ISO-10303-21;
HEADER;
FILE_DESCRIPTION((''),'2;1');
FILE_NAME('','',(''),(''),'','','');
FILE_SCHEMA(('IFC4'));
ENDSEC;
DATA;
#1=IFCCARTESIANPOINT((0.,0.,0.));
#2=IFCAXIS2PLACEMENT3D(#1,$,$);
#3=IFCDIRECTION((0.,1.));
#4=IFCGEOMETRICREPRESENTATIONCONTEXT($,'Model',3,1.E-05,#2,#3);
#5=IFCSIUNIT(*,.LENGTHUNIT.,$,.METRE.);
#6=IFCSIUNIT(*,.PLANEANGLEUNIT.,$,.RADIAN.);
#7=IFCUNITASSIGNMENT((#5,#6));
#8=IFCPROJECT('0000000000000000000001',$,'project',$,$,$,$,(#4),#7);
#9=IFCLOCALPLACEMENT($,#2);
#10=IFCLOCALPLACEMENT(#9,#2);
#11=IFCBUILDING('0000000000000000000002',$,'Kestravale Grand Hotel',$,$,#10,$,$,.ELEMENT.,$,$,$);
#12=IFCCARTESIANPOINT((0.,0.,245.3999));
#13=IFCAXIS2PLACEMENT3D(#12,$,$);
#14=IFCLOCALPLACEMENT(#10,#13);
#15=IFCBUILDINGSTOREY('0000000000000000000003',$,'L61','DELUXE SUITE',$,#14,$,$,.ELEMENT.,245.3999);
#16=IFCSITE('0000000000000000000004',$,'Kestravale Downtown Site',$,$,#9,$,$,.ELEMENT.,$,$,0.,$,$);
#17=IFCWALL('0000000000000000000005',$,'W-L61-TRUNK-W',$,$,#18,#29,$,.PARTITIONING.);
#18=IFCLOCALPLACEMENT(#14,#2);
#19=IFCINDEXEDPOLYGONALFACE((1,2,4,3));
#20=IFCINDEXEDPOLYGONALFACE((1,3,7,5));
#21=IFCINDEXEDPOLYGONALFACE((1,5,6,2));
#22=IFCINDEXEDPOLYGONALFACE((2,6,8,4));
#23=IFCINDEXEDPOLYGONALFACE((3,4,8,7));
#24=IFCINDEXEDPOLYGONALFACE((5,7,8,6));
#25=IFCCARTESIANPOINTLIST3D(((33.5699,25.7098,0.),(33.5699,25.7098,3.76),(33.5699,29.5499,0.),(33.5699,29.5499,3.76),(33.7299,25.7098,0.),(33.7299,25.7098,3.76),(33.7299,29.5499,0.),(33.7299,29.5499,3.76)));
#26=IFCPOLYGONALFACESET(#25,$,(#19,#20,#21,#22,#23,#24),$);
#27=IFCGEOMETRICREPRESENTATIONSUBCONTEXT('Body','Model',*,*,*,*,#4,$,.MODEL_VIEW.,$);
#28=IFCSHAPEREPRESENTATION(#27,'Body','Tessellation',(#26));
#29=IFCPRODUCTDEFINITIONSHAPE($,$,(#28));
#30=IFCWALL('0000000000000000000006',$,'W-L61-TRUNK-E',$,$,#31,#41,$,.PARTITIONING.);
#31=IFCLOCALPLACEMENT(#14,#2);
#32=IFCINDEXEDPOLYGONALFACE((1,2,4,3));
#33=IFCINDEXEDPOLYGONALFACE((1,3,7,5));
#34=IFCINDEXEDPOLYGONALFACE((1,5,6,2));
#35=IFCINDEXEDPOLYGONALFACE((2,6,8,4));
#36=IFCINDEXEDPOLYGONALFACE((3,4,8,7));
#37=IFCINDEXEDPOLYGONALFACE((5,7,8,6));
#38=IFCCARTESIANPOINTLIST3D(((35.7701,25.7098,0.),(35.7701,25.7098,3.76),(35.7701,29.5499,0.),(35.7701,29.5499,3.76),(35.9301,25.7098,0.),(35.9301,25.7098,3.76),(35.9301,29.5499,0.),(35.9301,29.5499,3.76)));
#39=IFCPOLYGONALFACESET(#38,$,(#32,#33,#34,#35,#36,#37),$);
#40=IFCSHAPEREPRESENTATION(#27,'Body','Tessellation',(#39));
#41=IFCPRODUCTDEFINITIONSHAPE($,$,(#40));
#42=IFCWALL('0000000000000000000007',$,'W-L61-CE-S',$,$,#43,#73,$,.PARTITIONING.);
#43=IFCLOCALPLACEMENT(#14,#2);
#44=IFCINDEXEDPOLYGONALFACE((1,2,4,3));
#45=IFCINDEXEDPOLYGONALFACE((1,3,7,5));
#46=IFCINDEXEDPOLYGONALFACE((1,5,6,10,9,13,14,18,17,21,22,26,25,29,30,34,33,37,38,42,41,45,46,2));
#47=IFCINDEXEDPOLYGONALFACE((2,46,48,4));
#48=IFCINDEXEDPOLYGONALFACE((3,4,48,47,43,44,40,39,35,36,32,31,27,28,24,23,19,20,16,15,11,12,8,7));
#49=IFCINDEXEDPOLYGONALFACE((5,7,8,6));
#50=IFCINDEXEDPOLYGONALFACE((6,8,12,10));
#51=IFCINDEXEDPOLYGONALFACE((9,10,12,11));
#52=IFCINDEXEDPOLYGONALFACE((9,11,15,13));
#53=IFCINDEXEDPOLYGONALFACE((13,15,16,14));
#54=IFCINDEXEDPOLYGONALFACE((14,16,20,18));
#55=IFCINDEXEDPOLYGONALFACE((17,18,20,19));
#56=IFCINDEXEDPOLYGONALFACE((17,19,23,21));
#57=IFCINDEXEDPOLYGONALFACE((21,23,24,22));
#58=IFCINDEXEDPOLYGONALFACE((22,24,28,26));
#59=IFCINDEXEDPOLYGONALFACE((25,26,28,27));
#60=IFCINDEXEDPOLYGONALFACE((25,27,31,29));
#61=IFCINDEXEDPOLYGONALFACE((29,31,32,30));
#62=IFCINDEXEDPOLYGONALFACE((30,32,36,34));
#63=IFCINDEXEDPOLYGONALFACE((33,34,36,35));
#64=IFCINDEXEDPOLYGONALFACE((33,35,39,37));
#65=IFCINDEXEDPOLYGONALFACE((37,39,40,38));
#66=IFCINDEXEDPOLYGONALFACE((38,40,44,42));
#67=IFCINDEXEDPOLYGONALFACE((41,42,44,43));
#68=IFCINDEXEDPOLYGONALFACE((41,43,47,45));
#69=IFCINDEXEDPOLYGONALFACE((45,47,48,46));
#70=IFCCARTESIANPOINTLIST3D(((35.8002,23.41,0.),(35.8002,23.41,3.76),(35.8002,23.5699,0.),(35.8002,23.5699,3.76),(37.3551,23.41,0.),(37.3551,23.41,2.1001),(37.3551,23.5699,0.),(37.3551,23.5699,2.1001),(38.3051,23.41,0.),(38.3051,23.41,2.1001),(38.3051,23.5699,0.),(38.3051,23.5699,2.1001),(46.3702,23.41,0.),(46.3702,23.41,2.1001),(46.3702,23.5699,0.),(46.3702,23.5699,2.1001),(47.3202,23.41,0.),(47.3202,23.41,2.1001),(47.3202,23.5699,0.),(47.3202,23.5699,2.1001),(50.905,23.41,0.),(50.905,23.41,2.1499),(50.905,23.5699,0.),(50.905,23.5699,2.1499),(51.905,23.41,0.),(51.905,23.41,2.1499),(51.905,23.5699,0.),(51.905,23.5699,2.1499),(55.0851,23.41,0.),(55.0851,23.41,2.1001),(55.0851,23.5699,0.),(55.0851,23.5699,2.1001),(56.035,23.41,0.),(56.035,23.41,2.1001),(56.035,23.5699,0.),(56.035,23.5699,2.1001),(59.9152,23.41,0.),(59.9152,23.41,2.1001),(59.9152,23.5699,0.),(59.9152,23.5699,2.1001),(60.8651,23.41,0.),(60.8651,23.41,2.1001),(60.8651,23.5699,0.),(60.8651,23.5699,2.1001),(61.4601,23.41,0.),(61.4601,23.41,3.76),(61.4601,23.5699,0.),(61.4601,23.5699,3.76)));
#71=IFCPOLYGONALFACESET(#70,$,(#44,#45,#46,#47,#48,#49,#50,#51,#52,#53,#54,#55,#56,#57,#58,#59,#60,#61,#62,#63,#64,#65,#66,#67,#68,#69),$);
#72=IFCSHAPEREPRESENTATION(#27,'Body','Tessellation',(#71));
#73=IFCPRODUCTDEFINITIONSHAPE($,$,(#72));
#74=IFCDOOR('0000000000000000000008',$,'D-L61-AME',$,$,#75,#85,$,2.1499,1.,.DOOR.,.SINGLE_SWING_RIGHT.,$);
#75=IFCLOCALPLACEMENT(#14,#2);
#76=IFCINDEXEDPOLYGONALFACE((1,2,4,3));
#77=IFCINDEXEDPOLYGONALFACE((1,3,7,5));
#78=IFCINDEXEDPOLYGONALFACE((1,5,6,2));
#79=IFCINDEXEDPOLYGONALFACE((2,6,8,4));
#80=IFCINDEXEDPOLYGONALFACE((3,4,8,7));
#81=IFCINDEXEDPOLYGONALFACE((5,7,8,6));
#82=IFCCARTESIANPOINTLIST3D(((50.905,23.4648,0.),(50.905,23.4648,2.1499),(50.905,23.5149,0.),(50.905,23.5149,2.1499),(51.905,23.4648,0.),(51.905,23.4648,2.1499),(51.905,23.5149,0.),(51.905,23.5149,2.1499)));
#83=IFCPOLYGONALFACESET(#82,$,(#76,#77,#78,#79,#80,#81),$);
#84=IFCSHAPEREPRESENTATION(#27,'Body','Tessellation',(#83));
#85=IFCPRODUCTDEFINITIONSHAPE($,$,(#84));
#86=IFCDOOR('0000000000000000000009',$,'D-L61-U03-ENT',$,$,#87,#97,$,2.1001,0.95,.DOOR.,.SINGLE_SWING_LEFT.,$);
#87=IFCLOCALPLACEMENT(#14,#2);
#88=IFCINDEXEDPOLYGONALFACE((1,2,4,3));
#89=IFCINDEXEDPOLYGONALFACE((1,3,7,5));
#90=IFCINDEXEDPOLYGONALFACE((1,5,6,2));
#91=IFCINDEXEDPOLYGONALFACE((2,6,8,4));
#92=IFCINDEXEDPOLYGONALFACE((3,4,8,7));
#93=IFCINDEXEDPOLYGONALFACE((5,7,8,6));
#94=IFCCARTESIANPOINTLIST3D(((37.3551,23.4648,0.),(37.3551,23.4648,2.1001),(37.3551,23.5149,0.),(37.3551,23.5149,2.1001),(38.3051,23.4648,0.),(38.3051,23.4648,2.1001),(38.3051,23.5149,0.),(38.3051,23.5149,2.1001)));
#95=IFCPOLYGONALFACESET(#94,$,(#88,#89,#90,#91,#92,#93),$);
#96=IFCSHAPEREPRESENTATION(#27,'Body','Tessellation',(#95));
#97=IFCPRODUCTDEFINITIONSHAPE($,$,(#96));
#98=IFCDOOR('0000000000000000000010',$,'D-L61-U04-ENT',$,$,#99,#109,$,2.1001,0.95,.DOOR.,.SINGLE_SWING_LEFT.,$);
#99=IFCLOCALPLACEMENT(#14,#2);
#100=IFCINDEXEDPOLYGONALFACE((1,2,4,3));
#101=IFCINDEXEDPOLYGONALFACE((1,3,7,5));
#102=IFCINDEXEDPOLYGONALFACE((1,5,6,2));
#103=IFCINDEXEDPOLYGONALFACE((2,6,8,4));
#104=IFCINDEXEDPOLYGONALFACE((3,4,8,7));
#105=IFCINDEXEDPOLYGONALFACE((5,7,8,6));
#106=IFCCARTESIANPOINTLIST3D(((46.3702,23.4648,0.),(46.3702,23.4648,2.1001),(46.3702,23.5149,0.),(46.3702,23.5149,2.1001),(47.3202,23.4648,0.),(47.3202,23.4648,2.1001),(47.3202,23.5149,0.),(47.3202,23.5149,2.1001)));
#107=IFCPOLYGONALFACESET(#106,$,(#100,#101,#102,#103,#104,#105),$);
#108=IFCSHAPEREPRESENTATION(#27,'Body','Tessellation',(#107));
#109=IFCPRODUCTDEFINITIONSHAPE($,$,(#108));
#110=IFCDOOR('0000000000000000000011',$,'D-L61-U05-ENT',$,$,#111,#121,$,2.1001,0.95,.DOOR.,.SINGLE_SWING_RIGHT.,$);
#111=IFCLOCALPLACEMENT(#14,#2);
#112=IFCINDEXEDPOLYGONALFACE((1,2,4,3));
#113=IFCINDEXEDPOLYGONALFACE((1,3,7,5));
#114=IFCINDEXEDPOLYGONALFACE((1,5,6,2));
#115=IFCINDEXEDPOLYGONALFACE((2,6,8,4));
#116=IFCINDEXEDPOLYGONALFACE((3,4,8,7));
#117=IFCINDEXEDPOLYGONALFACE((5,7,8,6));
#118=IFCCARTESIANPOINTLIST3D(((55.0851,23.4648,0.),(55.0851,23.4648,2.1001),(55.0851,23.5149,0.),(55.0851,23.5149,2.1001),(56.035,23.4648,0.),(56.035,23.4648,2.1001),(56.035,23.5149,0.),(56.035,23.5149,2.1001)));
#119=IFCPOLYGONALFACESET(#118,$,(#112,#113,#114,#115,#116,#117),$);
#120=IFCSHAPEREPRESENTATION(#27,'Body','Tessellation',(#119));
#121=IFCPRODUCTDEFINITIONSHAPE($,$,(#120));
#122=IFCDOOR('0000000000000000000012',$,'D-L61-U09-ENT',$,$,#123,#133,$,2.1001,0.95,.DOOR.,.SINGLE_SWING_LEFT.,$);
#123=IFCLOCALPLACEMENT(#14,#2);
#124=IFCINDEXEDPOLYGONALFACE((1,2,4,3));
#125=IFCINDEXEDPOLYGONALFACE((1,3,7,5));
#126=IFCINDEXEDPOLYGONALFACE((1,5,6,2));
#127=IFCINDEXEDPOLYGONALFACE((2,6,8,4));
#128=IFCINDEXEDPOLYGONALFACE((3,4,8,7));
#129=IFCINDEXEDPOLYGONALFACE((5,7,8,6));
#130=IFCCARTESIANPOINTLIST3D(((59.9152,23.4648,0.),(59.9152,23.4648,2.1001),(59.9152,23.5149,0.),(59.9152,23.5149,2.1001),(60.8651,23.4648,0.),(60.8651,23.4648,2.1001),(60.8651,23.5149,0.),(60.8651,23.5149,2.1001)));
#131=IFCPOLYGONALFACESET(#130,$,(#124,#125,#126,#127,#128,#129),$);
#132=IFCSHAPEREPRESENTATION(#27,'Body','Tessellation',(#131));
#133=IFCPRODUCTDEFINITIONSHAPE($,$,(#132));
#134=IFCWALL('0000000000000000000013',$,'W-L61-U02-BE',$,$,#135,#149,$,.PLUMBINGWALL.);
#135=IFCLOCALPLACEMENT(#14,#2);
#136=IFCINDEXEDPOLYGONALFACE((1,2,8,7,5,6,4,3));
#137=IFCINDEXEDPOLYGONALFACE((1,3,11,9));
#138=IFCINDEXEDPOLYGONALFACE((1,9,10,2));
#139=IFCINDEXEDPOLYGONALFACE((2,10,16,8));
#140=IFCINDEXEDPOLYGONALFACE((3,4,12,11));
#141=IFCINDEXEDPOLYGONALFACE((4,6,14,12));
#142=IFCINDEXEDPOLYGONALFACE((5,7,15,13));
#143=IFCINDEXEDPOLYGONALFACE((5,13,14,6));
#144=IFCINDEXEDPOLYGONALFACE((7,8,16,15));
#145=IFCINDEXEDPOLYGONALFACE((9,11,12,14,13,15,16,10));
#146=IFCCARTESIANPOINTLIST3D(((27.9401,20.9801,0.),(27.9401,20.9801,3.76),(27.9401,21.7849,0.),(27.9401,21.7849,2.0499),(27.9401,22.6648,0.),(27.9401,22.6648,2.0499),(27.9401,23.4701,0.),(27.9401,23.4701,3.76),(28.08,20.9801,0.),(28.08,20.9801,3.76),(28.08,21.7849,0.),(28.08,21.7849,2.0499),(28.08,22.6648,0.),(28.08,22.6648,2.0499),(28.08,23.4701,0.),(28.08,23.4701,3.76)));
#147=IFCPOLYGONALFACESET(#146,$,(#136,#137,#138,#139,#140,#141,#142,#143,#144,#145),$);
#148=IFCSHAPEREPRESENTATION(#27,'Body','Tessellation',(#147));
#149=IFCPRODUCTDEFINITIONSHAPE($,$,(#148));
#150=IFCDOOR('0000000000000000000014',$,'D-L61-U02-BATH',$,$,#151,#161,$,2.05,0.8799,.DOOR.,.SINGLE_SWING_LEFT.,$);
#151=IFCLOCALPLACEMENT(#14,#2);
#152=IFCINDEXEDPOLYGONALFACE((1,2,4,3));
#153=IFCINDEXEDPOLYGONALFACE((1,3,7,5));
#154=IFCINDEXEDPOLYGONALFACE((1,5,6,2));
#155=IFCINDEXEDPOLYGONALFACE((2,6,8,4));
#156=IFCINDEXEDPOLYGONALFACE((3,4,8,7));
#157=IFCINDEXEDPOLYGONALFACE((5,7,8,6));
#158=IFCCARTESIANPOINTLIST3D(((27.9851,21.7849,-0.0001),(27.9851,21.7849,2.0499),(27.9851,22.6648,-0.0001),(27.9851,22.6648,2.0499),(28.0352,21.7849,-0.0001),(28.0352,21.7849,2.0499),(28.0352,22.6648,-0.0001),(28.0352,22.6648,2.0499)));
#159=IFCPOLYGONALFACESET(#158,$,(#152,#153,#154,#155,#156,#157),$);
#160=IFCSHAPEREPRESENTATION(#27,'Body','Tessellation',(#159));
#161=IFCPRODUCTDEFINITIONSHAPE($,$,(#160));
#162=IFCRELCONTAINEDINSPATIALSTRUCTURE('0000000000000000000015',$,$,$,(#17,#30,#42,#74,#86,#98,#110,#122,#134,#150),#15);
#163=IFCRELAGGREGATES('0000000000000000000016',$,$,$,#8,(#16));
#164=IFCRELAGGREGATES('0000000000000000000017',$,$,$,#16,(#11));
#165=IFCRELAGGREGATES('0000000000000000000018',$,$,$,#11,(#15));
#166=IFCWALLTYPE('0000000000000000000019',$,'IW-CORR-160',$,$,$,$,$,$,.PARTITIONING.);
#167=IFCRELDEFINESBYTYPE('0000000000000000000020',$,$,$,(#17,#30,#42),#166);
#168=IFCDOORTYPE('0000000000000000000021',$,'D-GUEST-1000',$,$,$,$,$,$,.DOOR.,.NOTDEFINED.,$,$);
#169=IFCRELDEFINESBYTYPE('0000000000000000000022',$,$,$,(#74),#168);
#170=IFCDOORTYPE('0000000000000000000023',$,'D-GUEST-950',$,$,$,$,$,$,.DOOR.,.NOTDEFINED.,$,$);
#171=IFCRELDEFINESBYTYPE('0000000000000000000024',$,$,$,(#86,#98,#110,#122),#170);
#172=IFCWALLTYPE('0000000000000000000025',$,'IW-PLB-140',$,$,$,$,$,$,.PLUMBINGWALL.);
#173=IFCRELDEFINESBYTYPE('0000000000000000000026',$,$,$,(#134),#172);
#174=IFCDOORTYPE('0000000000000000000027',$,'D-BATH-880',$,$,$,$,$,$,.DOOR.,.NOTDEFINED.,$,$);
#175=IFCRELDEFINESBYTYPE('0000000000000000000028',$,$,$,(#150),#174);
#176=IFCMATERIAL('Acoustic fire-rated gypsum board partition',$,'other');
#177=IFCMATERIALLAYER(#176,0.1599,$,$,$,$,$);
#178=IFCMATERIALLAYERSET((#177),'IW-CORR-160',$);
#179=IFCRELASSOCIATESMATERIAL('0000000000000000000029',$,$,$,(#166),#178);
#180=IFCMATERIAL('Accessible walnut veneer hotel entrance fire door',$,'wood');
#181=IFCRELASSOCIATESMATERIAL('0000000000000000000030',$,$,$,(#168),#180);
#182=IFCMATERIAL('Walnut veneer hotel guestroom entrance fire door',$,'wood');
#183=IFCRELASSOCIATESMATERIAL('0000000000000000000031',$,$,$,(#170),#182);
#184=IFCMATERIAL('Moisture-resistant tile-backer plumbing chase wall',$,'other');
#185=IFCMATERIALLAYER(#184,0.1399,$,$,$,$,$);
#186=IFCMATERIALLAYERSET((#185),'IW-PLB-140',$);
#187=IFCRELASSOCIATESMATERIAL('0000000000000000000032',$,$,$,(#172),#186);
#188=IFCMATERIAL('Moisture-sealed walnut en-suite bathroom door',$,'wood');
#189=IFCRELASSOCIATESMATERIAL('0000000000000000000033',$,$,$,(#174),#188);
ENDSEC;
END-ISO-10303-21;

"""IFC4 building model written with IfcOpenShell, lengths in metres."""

from ifc_helpers import new_model, si_unit, direction, frame, frame_2d, origin, place, context, subcontext, project, spatial, rectangle, extrude, material, layer, layer_set, type_object, element, fill, save


model = new_model("IFC4")

# Units and contexts
model_context = context("Model", 3, precision=1e-05, world=origin(), true_north=direction((0.0, 1.0)))
body_context = subcontext(model_context, "Body", "Model", "MODEL_VIEW")
ifc_project = project(units=[si_unit("LENGTHUNIT", "METRE"), si_unit("PLANEANGLEUNIT", "RADIAN")], contexts=[model_context])

# Site, building, storey
site_placement = place(None, origin())
site = spatial("IfcSite", under=ifc_project, at=site_placement, Name="Kestravale Downtown Site", CompositionType="ELEMENT", RefElevation=0.0)
building_placement = place(site_placement, origin())
building = spatial("IfcBuilding", under=site, at=building_placement, Name="Kestravale Grand Hotel", CompositionType="ELEMENT")
storey_placement = place(building_placement, frame((0.0, 0.0, 245.3999)))
storey = spatial("IfcBuildingStorey", under=building, at=storey_placement, Name="L61", Description="DELUXE SUITE", CompositionType="ELEMENT", Elevation=245.3999)

# Shared definitions
ifc_material_1 = material(Name="Acoustic fire-rated gypsum board partition", Category="other")
ifc_layer_1 = layer(ifc_material_1, 0.1599)
ifc_layer_set_1 = layer_set([ifc_layer_1], Name="IW-CORR-160")
wall_type_1 = type_object("IfcWallType", Name="IW-CORR-160", PredefinedType="PARTITIONING", material=ifc_layer_set_1)
ifc_material_2 = material(Name="Accessible walnut veneer hotel entrance fire door", Category="wood")
door_type_1 = type_object("IfcDoorType", Name="D-GUEST-1000", OperationType="NOTDEFINED", PredefinedType="DOOR", material=ifc_material_2)

# Walls
for number, where, z_axis, x_axis, name in (
    (1, (33.6499, 25.71, 0.0), (0.0, 0.0, 1.0), (0.0, 1.0, 0.0), "W-L61-TRUNK-W"),
    (2, (35.8501, 25.71, 0.0), (0.0, 0.0, 1.0), (0.0, 1.0, 0.0), "W-L61-TRUNK-E"),
):
    element("IfcWall", number, at=place(storey_placement, frame(where, z_axis=z_axis, x_axis=x_axis)), inside=storey, type_object=wall_type_1, Name=name, PredefinedType="PARTITIONING", context=body_context, shape_type="SweptSolid", body=[
        extrude(rectangle(XDim=3.8401, YDim=0.1599, at=frame_2d((1.9199, 0.0))), origin(), (0.0, 0.0, 1.0), 3.76),
    ])

# Wall, openings, doors
wall_1_placement = place(storey_placement, frame((35.8, 23.49, 0.0), z_axis=(0.0, 0.0, 1.0), x_axis=(1.0, 0.0, 0.0)))
wall_1 = element("IfcWall", 3, at=wall_1_placement, inside=storey, type_object=wall_type_1, Name="W-L61-CE-S", PredefinedType="PARTITIONING", context=body_context, shape_type="SweptSolid", body=[
    extrude(rectangle(XDim=25.6599, YDim=0.1599, at=frame_2d((12.8301, 0.0))), origin(), (0.0, 0.0, 1.0), 3.76),
])
opening_1_placement = place(wall_1_placement, frame((1.5549, 0.0, 0.0)))
opening_1 = element("IfcOpeningElement", 4, at=opening_1_placement, cuts=wall_1, PredefinedType="OPENING", context=body_context, shape_type="SweptSolid", body=[
    extrude(rectangle(XDim=0.95, YDim=2.1001, at=frame_2d((0.4751, 1.05))), frame((0.0, 0.0898, 0.0), z_axis=(0.0, -1.0, 0.0), x_axis=(1.0, 0.0, 0.0)), (0.0, 0.0, 1.0), 0.1799),
])
opening_2_placement = place(wall_1_placement, frame((10.5701, 0.0, 0.0)))
opening_2 = element("IfcOpeningElement", 5, at=opening_2_placement, cuts=wall_1, PredefinedType="OPENING", context=body_context, shape_type="SweptSolid", body=[
    extrude(rectangle(XDim=0.95, YDim=2.1001, at=frame_2d((0.4751, 1.05))), frame((0.0, 0.0898, 0.0), z_axis=(0.0, -1.0, 0.0), x_axis=(1.0, 0.0, 0.0)), (0.0, 0.0, 1.0), 0.1799),
])
opening_3_placement = place(wall_1_placement, frame((15.105, 0.0, 0.0)))
opening_3 = element("IfcOpeningElement", 6, at=opening_3_placement, cuts=wall_1, PredefinedType="OPENING", context=body_context, shape_type="SweptSolid", body=[
    extrude(rectangle(XDim=1.0, YDim=2.1499, at=frame_2d((0.5, 1.075))), frame((0.0, 0.0898, 0.0), z_axis=(0.0, -1.0, 0.0), x_axis=(1.0, 0.0, 0.0)), (0.0, 0.0, 1.0), 0.1799),
])
opening_4_placement = place(wall_1_placement, frame((19.2849, 0.0, 0.0)))
opening_4 = element("IfcOpeningElement", 7, at=opening_4_placement, cuts=wall_1, PredefinedType="OPENING", context=body_context, shape_type="SweptSolid", body=[
    extrude(rectangle(XDim=0.95, YDim=2.1001, at=frame_2d((0.4751, 1.05))), frame((0.0, 0.0898, 0.0), z_axis=(0.0, -1.0, 0.0), x_axis=(1.0, 0.0, 0.0)), (0.0, 0.0, 1.0), 0.1799),
])
opening_5_placement = place(wall_1_placement, frame((24.115, 0.0, 0.0)))
opening_5 = element("IfcOpeningElement", 8, at=opening_5_placement, cuts=wall_1, PredefinedType="OPENING", context=body_context, shape_type="SweptSolid", body=[
    extrude(rectangle(XDim=0.95, YDim=2.1001, at=frame_2d((0.4751, 1.05))), frame((0.0, 0.0898, 0.0), z_axis=(0.0, -1.0, 0.0), x_axis=(1.0, 0.0, 0.0)), (0.0, 0.0, 1.0), 0.1799),
])
door_1_placement = place(opening_3_placement, origin())
door_1 = element("IfcDoor", 9, at=door_1_placement, inside=storey, type_object=door_type_1, Name="D-L61-AME", OperationType="SINGLE_SWING_RIGHT", OverallHeight=2.1499, OverallWidth=1.0, PredefinedType="DOOR", context=body_context, shape_type="SweptSolid", body=[
    extrude(rectangle(XDim=1.0, YDim=2.1499, at=frame_2d((0.5, 1.075))), frame((0.0, 0.0249, 0.0), z_axis=(0.0, -1.0, 0.0), x_axis=(1.0, 0.0, 0.0)), (0.0, 0.0, 1.0), 0.05),
])
fill(opening_3, door_1)
ifc_material_3 = material(Name="Walnut veneer hotel guestroom entrance fire door", Category="wood")
door_type_2 = type_object("IfcDoorType", Name="D-GUEST-950", OperationType="NOTDEFINED", PredefinedType="DOOR", material=ifc_material_3)
door_2_placement = place(opening_1_placement, origin())
door_2 = element("IfcDoor", 10, at=door_2_placement, inside=storey, type_object=door_type_2, Name="D-L61-U03-ENT", OperationType="SINGLE_SWING_LEFT", OverallHeight=2.1001, OverallWidth=0.95, PredefinedType="DOOR", context=body_context, shape_type="SweptSolid", body=[
    extrude(rectangle(XDim=0.95, YDim=2.1001, at=frame_2d((0.4751, 1.05))), frame((0.0, 0.0249, 0.0), z_axis=(0.0, -1.0, 0.0), x_axis=(1.0, 0.0, 0.0)), (0.0, 0.0, 1.0), 0.05),
])
fill(opening_1, door_2)
door_3_placement = place(opening_2_placement, origin())
door_3 = element("IfcDoor", 11, at=door_3_placement, inside=storey, type_object=door_type_2, Name="D-L61-U04-ENT", OperationType="SINGLE_SWING_LEFT", OverallHeight=2.1001, OverallWidth=0.95, PredefinedType="DOOR", context=body_context, shape_type="SweptSolid", body=[
    extrude(rectangle(XDim=0.95, YDim=2.1001, at=frame_2d((0.4751, 1.05))), frame((0.0, 0.0249, 0.0), z_axis=(0.0, -1.0, 0.0), x_axis=(1.0, 0.0, 0.0)), (0.0, 0.0, 1.0), 0.05),
])
fill(opening_2, door_3)
door_4_placement = place(opening_4_placement, origin())
door_4 = element("IfcDoor", 12, at=door_4_placement, inside=storey, type_object=door_type_2, Name="D-L61-U05-ENT", OperationType="SINGLE_SWING_RIGHT", OverallHeight=2.1001, OverallWidth=0.95, PredefinedType="DOOR", context=body_context, shape_type="SweptSolid", body=[
    extrude(rectangle(XDim=0.95, YDim=2.1001, at=frame_2d((0.4751, 1.05))), frame((0.0, 0.0249, 0.0), z_axis=(0.0, -1.0, 0.0), x_axis=(1.0, 0.0, 0.0)), (0.0, 0.0, 1.0), 0.05),
])
fill(opening_4, door_4)
door_5_placement = place(opening_5_placement, origin())
door_5 = element("IfcDoor", 13, at=door_5_placement, inside=storey, type_object=door_type_2, Name="D-L61-U09-ENT", OperationType="SINGLE_SWING_LEFT", OverallHeight=2.1001, OverallWidth=0.95, PredefinedType="DOOR", context=body_context, shape_type="SweptSolid", body=[
    extrude(rectangle(XDim=0.95, YDim=2.1001, at=frame_2d((0.4751, 1.05))), frame((0.0, 0.0249, 0.0), z_axis=(0.0, -1.0, 0.0), x_axis=(1.0, 0.0, 0.0)), (0.0, 0.0, 1.0), 0.05),
])
fill(opening_5, door_5)

# Wall, opening, door
ifc_material_4 = material(Name="Moisture-resistant tile-backer plumbing chase wall", Category="other")
ifc_layer_2 = layer(ifc_material_4, 0.1399)
ifc_layer_set_2 = layer_set([ifc_layer_2], Name="IW-PLB-140")
wall_type_2 = type_object("IfcWallType", Name="IW-PLB-140", PredefinedType="PLUMBINGWALL", material=ifc_layer_set_2)
wall_2_placement = place(storey_placement, frame((28.01, 20.98, 0.0), z_axis=(0.0, 0.0, 1.0), x_axis=(0.0, 1.0, 0.0)))
wall_2 = element("IfcWall", 14, at=wall_2_placement, inside=storey, type_object=wall_type_2, Name="W-L61-U02-BE", PredefinedType="PLUMBINGWALL", context=body_context, shape_type="SweptSolid", body=[
    extrude(rectangle(XDim=2.49, YDim=0.1399, at=frame_2d((1.2451, 0.0))), origin(), (0.0, 0.0, 1.0), 3.76),
])
opening_6_placement = place(wall_2_placement, frame((0.8049, 0.0, 0.0)))
opening_6 = element("IfcOpeningElement", 15, at=opening_6_placement, cuts=wall_2, PredefinedType="OPENING", context=body_context, shape_type="SweptSolid", body=[
    extrude(rectangle(XDim=0.8799, YDim=2.05, at=frame_2d((0.4399, 1.0249))), frame((0.0, 0.0798, 0.0), z_axis=(0.0, -1.0, 0.0), x_axis=(1.0, 0.0, 0.0)), (0.0, 0.0, 1.0), 0.1599),
])
ifc_material_5 = material(Name="Moisture-sealed walnut en-suite bathroom door", Category="wood")
door_type_3 = type_object("IfcDoorType", Name="D-BATH-880", OperationType="NOTDEFINED", PredefinedType="DOOR", material=ifc_material_5)
door_6_placement = place(opening_6_placement, origin())
door_6 = element("IfcDoor", 16, at=door_6_placement, inside=storey, type_object=door_type_3, Name="D-L61-U02-BATH", OperationType="SINGLE_SWING_LEFT", OverallHeight=2.05, OverallWidth=0.8799, PredefinedType="DOOR", context=body_context, shape_type="SweptSolid", body=[
    extrude(rectangle(XDim=0.8799, YDim=2.05, at=frame_2d((0.4399, 1.0249))), frame((0.0, 0.0249, 0.0), z_axis=(0.0, -1.0, 0.0), x_axis=(1.0, 0.0, 0.0)), (0.0, 0.0, 1.0), 0.05),
])
fill(opening_6, door_6)

save(model, "model.ifc")
